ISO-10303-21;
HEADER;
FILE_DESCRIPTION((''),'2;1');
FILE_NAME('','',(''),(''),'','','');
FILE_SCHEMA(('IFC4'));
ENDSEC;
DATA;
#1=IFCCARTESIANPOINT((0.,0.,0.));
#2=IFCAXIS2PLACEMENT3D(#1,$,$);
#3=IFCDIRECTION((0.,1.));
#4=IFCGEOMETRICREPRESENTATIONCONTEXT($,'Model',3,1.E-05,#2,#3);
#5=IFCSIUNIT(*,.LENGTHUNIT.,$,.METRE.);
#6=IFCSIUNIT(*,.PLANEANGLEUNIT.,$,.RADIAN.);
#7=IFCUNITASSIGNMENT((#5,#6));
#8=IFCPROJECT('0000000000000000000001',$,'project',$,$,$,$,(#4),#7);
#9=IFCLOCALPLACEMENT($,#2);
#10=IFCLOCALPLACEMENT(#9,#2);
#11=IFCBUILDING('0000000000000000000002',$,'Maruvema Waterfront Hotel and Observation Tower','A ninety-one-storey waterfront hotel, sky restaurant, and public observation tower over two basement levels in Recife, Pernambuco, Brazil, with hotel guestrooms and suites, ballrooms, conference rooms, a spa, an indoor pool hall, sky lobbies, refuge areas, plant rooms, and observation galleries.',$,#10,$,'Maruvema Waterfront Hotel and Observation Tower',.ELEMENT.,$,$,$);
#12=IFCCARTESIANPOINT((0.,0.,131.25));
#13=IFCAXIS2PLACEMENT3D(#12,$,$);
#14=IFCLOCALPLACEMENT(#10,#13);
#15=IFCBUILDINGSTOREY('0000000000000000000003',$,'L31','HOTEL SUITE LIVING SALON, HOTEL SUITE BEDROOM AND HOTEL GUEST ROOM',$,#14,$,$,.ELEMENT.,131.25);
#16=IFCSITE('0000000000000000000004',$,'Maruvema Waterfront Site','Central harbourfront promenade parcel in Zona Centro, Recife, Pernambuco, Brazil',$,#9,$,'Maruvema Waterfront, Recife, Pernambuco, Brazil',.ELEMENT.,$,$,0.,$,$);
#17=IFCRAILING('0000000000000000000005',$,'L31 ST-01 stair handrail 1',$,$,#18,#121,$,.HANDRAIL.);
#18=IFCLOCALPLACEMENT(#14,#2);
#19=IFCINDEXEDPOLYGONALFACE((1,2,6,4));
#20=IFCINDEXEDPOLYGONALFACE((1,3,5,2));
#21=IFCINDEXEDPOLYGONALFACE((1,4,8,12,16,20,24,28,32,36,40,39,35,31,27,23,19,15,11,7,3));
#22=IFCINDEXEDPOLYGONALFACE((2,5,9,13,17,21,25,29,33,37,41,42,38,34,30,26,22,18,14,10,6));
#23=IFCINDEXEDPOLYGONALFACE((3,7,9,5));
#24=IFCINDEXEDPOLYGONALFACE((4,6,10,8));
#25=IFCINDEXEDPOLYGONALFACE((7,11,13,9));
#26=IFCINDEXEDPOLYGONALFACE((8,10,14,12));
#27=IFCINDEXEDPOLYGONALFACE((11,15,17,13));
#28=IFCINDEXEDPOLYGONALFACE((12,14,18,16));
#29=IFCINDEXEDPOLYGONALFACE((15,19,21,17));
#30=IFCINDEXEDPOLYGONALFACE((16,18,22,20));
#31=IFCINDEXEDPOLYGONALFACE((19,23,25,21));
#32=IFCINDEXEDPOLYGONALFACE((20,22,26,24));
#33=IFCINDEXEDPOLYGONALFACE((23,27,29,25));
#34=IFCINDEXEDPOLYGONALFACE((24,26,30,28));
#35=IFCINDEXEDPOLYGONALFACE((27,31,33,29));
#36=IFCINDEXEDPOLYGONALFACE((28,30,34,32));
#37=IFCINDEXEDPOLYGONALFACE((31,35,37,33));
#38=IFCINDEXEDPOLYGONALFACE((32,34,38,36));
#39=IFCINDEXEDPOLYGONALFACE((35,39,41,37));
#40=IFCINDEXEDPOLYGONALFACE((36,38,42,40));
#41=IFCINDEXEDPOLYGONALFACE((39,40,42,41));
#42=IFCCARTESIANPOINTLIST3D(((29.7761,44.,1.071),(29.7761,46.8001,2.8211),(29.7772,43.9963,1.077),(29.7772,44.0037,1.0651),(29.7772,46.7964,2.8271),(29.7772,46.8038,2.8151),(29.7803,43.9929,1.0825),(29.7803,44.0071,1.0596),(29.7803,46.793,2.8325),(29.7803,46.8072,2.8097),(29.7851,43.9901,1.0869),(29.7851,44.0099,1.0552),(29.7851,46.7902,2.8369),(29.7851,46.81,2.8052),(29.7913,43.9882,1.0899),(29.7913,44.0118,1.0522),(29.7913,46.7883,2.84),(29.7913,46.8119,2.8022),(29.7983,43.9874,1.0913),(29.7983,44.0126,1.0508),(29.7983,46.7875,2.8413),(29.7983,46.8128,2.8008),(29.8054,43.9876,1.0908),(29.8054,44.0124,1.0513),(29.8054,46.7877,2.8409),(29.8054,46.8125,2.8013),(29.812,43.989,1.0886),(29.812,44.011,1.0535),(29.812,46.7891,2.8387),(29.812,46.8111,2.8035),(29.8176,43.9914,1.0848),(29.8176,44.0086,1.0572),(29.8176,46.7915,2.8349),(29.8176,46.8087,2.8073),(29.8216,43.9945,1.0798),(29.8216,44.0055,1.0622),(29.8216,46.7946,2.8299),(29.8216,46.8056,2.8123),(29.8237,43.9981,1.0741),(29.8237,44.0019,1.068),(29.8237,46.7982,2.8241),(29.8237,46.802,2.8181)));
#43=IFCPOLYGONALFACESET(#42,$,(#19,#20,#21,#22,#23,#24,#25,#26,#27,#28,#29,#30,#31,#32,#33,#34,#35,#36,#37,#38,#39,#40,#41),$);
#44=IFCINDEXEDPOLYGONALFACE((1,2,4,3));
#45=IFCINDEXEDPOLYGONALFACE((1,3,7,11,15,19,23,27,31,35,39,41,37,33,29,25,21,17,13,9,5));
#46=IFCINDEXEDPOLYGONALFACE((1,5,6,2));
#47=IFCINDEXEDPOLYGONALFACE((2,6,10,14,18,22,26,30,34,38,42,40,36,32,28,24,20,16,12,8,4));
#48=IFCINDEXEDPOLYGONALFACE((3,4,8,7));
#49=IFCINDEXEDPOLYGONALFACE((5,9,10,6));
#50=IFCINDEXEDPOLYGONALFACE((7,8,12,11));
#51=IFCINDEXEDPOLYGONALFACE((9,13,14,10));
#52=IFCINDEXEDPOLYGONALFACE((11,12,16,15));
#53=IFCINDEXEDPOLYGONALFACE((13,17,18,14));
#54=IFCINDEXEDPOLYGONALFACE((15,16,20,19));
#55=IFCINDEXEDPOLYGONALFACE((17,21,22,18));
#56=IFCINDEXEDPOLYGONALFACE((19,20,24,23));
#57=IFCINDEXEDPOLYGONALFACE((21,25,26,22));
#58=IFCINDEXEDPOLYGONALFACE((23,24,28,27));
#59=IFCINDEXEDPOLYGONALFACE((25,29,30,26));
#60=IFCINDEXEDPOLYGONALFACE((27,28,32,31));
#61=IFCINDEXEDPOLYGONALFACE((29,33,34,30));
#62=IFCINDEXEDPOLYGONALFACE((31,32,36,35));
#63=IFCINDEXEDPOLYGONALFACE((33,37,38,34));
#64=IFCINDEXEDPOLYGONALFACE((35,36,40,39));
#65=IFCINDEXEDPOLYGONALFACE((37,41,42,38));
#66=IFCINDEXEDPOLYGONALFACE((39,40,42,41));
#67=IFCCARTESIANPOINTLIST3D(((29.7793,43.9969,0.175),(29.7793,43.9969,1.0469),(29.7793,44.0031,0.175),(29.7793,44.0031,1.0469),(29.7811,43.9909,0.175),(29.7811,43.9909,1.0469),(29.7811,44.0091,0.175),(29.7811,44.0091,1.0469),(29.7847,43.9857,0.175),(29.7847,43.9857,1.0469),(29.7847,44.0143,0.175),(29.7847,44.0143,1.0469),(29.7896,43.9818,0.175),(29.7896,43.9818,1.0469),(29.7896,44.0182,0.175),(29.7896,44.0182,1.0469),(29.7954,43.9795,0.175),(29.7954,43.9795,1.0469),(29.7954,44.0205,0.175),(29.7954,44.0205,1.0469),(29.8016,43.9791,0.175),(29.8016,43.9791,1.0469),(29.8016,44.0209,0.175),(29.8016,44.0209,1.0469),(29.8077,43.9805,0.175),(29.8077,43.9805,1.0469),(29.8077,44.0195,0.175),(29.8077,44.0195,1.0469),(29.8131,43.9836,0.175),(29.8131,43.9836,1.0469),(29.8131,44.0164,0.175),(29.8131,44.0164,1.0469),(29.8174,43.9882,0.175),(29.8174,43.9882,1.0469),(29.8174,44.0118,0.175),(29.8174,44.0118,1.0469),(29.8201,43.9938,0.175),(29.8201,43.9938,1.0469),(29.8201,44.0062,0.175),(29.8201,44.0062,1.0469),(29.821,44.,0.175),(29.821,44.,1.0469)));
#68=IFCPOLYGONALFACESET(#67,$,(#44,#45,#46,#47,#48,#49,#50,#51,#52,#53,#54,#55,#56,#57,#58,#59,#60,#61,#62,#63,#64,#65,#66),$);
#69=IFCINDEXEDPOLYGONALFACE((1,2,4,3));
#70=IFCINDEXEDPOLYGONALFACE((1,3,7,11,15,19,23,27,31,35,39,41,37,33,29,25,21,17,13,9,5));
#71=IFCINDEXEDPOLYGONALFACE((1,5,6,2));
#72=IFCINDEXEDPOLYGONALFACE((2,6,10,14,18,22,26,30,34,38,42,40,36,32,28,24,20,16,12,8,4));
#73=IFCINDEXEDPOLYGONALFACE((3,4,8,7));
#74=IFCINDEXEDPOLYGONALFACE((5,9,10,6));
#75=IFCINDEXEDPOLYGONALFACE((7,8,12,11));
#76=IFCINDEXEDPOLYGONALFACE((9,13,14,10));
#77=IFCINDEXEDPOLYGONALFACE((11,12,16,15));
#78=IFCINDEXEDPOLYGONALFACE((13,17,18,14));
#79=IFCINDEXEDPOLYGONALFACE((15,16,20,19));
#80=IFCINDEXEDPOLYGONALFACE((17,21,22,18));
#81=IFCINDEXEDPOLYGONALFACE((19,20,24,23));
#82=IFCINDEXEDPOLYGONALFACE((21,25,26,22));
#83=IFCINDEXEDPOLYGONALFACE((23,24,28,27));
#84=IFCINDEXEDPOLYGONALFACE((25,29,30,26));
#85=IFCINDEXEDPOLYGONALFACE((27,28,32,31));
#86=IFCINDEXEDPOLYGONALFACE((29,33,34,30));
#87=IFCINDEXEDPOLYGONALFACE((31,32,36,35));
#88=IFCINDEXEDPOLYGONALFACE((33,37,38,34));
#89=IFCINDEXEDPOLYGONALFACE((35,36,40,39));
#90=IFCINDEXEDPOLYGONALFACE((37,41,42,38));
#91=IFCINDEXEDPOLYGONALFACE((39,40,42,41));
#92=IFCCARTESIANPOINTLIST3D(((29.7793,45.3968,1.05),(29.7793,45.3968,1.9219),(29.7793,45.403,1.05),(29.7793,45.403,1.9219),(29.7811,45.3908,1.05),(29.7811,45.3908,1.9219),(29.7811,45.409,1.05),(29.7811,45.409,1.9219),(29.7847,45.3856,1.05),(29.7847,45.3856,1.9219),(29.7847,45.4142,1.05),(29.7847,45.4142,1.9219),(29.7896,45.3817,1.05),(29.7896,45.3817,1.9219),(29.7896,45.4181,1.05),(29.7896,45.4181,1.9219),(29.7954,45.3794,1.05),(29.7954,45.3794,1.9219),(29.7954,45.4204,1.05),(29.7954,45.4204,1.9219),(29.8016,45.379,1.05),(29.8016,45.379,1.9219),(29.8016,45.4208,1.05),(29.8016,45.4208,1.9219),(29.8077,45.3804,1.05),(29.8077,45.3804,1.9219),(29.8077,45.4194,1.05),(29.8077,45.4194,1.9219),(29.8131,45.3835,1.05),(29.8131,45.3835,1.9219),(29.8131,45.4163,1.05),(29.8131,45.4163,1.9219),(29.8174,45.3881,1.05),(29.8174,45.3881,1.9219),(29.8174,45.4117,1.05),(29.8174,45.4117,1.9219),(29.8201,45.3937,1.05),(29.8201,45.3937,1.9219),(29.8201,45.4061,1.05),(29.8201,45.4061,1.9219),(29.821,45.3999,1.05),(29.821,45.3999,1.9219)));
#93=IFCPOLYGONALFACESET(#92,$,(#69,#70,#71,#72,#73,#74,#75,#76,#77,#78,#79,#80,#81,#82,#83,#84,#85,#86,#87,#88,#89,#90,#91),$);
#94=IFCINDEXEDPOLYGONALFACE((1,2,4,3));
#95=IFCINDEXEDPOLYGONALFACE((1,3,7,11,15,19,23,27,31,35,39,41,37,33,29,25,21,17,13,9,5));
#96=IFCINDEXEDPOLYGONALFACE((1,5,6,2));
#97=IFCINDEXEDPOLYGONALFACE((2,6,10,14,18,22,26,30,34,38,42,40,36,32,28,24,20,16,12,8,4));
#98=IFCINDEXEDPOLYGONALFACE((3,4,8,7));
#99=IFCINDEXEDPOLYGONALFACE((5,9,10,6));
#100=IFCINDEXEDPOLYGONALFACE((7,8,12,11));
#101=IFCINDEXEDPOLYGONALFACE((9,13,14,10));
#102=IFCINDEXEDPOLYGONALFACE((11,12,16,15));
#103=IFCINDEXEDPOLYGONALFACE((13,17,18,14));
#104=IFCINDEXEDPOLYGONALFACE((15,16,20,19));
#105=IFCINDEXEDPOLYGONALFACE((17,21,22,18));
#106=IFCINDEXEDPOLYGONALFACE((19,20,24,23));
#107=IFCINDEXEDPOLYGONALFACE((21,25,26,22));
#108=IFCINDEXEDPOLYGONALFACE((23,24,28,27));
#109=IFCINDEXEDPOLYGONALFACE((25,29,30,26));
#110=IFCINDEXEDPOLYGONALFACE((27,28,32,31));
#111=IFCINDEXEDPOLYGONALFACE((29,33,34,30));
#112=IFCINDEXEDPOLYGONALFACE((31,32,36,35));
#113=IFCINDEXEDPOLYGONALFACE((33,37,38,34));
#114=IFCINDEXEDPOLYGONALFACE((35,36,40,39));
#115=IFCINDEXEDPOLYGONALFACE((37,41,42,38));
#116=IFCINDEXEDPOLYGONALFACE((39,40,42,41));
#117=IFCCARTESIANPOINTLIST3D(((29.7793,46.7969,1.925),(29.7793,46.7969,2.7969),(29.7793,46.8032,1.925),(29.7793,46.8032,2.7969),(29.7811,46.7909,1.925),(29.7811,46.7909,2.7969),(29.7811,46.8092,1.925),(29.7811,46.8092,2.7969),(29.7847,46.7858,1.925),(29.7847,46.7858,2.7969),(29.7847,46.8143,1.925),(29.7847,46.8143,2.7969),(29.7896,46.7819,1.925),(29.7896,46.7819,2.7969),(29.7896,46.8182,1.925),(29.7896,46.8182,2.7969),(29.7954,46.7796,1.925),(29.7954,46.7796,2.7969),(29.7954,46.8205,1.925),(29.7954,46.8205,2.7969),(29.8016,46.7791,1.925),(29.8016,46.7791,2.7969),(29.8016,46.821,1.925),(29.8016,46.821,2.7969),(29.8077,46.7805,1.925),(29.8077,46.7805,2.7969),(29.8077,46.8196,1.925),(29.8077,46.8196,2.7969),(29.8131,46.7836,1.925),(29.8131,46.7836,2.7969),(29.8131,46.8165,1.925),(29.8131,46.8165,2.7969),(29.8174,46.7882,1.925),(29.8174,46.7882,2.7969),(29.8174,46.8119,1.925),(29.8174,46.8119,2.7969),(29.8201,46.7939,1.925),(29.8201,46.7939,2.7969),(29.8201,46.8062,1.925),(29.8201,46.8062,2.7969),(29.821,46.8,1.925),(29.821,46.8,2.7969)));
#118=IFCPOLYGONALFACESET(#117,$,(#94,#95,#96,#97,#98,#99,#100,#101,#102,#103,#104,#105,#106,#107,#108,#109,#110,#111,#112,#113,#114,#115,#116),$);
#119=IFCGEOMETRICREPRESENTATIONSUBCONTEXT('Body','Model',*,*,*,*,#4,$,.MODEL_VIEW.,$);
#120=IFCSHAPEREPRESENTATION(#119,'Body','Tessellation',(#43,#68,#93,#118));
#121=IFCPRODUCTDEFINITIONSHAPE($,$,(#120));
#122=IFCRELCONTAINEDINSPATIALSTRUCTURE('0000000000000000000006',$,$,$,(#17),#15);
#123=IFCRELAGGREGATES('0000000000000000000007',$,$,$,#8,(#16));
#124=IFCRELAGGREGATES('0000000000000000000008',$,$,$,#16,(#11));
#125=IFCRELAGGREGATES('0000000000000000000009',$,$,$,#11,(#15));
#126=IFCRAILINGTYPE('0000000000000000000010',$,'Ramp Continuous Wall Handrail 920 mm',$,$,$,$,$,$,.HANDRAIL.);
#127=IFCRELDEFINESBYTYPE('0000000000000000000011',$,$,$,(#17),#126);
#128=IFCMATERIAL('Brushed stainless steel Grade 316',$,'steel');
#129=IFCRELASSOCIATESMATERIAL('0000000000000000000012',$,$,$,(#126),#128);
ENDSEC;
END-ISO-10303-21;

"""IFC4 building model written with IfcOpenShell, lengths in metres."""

from ifc_helpers import new_model, si_unit, direction, frame, origin, origin_2d, place, context, subcontext, project, spatial, circle, extrude, material, type_object, element, save


model = new_model("IFC4")

# Units and contexts
model_context = context("Model", 3, precision=1e-05, world=origin(), true_north=direction((0.0, 1.0)))
body_context = subcontext(model_context, "Body", "Model", "MODEL_VIEW")
ifc_project = project(units=[si_unit("LENGTHUNIT", "METRE"), si_unit("PLANEANGLEUNIT", "RADIAN")], contexts=[model_context])

# Site, building, storey
site_placement = place(None, origin())
site = spatial("IfcSite", under=ifc_project, at=site_placement, Name="Maruvema Waterfront Site", Description="Central harbourfront promenade parcel in Zona Centro, Recife, Pernambuco, Brazil", LongName="Maruvema Waterfront, Recife, Pernambuco, Brazil", CompositionType="ELEMENT", RefElevation=0.0)
building_placement = place(site_placement, origin())
building = spatial("IfcBuilding", under=site, at=building_placement, Name="Maruvema Waterfront Hotel and Observation Tower", Description="A ninety-one-storey waterfront hotel, sky restaurant, and public observation tower over two basement levels in Recife, Pernambuco, Brazil, with hotel guestrooms and suites, ballrooms, conference rooms, a spa, an indoor pool hall, sky lobbies, refuge areas, plant rooms, and observation galleries.", LongName="Maruvema Waterfront Hotel and Observation Tower", CompositionType="ELEMENT")
storey_placement = place(building_placement, frame((0.0, 0.0, 131.25)))
storey = spatial("IfcBuildingStorey", under=building, at=storey_placement, Name="L31", Description="HOTEL SUITE LIVING SALON, HOTEL SUITE BEDROOM AND HOTEL GUEST ROOM", CompositionType="ELEMENT", Elevation=131.25)

# Railing
ifc_material_1 = material(Name="Brushed stainless steel Grade 316", Category="steel")
railing_type_1 = type_object("IfcRailingType", Name="Ramp Continuous Wall Handrail 920 mm", PredefinedType="HANDRAIL", material=ifc_material_1)
railing_1_placement = place(storey_placement, frame((29.8, 44.0, 0.175)))
element("IfcRailing", 1, at=railing_1_placement, inside=storey, type_object=railing_type_1, Name="L31 ST-01 stair handrail 1", PredefinedType="HANDRAIL", context=body_context, shape_type="SweptSolid", body=[
    extrude(circle(Radius=0.0239, at=origin_2d()), frame((0.0, 0.0, 0.896), z_axis=(0.0, 0.848002, 0.529992), x_axis=(-1.0, 0.0, 0.0)), (0.0, 0.0, 1.0), 3.302),
    extrude(circle(Radius=0.021, at=origin_2d()), origin(), (0.0, 0.0, 1.0), 0.8718),
    extrude(circle(Radius=0.021, at=origin_2d()), frame((0.0, 1.3999, 0.875)), (0.0, 0.0, 1.0), 0.8718),
    extrude(circle(Radius=0.021, at=origin_2d()), frame((0.0, 2.8, 1.75)), (0.0, 0.0, 1.0), 0.8718),
])

save(model, "model.ifc")
